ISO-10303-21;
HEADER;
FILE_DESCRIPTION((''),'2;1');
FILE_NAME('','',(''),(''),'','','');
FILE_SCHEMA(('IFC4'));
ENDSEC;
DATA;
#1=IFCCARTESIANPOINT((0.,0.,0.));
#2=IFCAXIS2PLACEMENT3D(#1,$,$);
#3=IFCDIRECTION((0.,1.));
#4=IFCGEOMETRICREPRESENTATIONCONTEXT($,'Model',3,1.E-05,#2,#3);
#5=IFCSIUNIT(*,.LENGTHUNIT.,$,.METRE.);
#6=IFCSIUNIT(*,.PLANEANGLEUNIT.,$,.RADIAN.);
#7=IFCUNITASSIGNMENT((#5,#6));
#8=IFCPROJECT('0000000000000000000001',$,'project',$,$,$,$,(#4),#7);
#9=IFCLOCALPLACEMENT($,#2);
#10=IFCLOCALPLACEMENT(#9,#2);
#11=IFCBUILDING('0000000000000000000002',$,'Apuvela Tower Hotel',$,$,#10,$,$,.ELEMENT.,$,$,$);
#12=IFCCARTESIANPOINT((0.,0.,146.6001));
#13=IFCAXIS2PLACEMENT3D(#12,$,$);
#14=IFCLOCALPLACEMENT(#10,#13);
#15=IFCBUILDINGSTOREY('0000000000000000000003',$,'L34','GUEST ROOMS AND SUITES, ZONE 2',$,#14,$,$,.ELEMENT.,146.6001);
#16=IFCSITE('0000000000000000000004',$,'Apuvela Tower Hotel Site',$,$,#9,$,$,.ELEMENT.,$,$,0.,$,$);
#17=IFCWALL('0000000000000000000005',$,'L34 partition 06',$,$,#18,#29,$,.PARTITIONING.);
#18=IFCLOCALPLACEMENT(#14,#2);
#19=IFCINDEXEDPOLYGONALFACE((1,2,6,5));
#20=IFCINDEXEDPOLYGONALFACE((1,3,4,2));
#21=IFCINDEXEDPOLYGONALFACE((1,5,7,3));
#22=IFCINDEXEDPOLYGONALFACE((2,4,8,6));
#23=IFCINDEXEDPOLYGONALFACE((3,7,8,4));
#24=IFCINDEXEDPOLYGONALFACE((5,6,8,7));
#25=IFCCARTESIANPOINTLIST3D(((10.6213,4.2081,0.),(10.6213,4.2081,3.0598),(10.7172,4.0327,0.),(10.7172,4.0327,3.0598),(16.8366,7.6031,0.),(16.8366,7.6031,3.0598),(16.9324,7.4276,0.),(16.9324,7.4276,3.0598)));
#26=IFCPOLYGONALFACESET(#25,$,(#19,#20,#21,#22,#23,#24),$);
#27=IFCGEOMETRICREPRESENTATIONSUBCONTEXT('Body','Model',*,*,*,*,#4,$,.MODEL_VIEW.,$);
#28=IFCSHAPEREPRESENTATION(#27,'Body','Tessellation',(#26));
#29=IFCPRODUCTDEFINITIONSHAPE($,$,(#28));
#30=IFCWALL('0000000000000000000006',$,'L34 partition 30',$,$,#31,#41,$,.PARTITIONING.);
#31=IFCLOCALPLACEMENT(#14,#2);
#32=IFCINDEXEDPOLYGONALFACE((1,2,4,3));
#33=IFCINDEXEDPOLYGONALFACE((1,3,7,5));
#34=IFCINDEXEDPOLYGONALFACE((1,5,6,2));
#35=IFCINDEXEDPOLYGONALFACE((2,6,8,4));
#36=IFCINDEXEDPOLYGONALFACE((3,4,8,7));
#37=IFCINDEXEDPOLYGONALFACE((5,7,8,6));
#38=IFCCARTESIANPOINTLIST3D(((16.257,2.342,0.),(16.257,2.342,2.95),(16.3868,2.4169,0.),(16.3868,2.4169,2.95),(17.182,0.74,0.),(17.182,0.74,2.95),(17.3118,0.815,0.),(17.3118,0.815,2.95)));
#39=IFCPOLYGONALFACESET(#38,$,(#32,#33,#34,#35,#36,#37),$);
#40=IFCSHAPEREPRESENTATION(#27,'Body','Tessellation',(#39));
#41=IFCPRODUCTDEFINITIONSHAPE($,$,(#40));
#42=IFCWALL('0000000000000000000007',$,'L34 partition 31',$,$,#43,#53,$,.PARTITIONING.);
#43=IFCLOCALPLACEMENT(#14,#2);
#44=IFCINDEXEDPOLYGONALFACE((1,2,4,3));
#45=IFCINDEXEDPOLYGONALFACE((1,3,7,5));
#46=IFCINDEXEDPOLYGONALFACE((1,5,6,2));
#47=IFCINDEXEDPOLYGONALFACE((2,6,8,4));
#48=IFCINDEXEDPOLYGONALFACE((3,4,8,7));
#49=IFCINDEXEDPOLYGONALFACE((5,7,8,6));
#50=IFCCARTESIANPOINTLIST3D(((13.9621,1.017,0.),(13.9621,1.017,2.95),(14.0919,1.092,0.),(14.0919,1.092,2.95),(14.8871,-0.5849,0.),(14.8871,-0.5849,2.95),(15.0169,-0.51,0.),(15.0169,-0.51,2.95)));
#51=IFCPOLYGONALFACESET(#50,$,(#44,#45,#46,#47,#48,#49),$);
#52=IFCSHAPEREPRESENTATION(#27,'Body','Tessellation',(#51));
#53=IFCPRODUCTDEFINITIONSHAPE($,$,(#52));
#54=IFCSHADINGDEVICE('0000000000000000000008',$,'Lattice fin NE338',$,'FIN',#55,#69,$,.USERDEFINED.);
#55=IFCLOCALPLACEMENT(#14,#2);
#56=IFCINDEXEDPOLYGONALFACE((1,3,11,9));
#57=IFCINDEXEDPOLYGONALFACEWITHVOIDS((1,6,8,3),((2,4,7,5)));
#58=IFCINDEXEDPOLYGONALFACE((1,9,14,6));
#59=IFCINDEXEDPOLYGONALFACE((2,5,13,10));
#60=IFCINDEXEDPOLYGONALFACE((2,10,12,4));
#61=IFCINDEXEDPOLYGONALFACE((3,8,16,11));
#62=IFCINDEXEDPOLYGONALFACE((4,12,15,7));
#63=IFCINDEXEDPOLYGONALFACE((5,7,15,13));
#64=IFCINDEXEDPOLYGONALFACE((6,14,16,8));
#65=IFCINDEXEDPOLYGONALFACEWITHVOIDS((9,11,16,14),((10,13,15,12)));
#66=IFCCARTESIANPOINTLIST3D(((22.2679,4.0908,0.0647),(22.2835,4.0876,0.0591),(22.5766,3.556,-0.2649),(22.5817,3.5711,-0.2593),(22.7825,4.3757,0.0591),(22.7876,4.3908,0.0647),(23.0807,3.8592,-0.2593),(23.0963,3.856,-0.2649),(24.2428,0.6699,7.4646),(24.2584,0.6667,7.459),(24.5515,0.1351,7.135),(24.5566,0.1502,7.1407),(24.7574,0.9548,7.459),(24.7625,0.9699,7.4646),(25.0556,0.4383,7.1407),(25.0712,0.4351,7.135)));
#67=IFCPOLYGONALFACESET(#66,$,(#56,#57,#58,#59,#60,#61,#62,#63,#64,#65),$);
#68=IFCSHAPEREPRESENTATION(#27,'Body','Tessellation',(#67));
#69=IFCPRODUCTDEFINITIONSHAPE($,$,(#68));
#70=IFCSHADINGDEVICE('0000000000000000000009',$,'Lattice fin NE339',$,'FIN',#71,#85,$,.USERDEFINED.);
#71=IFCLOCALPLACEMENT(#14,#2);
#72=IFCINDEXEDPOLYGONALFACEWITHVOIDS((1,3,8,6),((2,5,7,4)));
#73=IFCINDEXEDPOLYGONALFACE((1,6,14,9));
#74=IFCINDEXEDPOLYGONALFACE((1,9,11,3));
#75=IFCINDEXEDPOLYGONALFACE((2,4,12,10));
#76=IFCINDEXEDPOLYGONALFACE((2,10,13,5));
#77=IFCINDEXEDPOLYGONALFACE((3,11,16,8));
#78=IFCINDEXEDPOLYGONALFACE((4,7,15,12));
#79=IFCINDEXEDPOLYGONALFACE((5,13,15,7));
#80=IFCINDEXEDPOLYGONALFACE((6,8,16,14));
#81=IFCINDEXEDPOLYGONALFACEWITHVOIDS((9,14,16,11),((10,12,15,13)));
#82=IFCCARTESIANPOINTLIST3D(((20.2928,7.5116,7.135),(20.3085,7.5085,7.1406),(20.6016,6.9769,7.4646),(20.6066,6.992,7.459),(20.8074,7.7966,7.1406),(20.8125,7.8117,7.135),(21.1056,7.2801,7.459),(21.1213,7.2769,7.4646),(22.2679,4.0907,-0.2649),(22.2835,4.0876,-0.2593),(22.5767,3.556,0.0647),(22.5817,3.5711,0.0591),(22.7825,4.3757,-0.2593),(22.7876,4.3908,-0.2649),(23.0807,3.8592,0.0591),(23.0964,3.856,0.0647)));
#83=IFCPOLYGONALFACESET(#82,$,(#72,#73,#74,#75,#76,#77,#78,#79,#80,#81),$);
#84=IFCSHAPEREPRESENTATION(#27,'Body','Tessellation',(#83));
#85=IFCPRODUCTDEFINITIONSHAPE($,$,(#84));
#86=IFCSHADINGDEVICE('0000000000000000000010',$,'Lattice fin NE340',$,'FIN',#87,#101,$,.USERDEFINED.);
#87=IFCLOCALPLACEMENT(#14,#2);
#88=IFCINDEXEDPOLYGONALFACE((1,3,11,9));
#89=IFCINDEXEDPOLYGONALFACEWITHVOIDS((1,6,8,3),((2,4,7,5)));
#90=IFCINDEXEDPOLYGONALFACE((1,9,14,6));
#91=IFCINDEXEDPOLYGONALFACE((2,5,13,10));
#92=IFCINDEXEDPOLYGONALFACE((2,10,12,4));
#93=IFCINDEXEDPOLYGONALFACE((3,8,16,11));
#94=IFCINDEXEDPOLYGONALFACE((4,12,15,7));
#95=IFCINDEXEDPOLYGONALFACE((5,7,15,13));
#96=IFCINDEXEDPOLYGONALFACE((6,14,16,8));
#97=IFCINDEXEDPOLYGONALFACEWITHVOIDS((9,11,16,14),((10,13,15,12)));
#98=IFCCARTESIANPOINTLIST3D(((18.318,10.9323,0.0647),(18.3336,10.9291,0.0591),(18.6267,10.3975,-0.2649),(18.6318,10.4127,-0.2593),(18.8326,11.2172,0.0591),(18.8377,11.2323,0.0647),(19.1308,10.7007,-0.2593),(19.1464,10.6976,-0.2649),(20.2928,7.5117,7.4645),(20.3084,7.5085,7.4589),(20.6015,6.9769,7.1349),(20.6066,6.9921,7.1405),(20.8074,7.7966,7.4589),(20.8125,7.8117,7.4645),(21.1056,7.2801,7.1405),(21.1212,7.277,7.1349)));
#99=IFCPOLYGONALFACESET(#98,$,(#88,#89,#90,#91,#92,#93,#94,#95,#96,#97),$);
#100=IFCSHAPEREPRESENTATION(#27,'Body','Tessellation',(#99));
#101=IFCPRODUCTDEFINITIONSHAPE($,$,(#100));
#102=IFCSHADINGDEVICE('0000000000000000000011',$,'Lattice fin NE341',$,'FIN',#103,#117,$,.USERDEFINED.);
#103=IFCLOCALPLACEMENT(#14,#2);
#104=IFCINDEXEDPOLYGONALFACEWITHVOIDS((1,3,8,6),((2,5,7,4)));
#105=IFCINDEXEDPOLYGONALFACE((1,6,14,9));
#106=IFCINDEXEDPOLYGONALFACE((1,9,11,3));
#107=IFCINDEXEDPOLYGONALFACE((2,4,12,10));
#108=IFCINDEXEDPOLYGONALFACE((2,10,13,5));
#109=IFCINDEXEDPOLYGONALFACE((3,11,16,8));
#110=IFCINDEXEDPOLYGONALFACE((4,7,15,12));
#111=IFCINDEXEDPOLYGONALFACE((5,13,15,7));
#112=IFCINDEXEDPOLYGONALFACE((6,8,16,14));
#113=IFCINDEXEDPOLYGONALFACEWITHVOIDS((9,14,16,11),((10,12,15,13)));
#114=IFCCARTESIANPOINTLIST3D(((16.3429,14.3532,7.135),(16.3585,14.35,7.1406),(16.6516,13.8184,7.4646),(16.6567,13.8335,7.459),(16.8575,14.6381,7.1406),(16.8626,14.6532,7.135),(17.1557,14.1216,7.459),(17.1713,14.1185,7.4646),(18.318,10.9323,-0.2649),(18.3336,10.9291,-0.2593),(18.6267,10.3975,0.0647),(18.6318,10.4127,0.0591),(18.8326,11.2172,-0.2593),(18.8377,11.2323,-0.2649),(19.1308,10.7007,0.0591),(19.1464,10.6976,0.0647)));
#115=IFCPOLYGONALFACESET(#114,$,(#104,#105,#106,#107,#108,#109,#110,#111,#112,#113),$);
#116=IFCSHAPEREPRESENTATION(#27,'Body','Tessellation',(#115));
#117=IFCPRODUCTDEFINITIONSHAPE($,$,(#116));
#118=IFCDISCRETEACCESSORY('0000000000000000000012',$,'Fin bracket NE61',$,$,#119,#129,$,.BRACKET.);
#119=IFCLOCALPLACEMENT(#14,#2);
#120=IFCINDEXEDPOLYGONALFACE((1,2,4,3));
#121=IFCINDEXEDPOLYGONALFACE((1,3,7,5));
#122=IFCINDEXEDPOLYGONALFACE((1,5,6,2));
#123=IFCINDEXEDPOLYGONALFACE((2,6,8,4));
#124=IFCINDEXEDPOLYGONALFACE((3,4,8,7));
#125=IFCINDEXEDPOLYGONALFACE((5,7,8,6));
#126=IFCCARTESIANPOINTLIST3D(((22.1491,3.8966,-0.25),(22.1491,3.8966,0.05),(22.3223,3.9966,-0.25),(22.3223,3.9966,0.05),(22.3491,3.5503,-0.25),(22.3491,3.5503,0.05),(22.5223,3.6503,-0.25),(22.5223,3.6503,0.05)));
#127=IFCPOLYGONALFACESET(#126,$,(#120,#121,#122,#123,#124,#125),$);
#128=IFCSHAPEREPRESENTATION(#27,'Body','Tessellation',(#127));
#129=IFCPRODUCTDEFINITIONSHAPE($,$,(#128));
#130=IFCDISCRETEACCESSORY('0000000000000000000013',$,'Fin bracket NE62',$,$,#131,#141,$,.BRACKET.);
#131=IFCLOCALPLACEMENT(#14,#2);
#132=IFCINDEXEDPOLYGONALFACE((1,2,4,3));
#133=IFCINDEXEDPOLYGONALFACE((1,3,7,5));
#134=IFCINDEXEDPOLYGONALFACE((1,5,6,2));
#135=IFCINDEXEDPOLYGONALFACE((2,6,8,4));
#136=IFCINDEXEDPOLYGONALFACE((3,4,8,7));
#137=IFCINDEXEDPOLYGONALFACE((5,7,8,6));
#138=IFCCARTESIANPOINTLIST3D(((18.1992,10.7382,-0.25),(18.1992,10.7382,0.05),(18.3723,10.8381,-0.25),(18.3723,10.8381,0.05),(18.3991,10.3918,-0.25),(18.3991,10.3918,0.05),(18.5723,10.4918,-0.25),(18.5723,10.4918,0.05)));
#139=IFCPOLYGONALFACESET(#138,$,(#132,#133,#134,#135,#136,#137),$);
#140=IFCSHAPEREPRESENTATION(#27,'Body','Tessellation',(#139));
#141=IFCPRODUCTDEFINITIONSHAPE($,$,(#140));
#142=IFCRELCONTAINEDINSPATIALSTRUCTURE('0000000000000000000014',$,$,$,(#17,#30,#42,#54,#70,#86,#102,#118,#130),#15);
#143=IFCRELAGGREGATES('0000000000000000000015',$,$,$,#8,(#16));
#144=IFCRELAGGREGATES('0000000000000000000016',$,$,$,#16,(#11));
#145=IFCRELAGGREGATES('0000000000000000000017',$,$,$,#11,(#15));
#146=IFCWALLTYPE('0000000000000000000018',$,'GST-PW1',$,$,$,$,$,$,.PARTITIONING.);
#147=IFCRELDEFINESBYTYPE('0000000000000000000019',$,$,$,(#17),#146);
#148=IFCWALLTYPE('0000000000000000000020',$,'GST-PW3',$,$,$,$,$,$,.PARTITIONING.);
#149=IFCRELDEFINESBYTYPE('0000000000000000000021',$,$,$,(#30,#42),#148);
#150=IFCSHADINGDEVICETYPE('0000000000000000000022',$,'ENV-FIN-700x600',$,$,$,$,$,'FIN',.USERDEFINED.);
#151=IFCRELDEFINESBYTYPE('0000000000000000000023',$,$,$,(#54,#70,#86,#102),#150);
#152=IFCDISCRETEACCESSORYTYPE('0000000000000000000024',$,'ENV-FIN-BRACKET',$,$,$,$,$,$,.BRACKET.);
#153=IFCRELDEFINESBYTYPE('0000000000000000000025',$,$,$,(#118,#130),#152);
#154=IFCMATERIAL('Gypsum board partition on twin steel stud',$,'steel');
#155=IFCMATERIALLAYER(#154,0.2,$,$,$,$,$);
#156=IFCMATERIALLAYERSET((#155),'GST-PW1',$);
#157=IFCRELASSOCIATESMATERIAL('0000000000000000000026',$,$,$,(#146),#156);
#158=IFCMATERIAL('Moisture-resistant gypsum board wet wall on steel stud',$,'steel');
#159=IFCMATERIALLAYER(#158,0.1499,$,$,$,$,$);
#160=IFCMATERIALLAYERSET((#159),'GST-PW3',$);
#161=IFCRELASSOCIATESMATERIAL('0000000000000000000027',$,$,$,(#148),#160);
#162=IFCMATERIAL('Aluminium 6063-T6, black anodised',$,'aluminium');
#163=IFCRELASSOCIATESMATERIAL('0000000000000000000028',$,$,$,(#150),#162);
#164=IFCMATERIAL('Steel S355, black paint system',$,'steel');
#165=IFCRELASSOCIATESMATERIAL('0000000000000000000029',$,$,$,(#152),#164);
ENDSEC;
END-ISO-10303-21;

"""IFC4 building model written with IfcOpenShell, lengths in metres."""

from ifc_helpers import new_model, si_unit, direction, frame, frame_2d, origin, origin_2d, place, context, subcontext, project, spatial, rectangle, hollow_rectangle, extrude, material, layer, layer_set, material_profile, profile_set, type_object, element, save


model = new_model("IFC4")

# Units and contexts
model_context = context("Model", 3, precision=1e-05, world=origin(), true_north=direction((0.0, 1.0)))
body_context = subcontext(model_context, "Body", "Model", "MODEL_VIEW")
ifc_project = project(units=[si_unit("LENGTHUNIT", "METRE"), si_unit("PLANEANGLEUNIT", "RADIAN")], contexts=[model_context])

# Site, building, storey
site_placement = place(None, origin())
site = spatial("IfcSite", under=ifc_project, at=site_placement, Name="Apuvela Tower Hotel Site", CompositionType="ELEMENT", RefElevation=0.0)
building_placement = place(site_placement, origin())
building = spatial("IfcBuilding", under=site, at=building_placement, Name="Apuvela Tower Hotel", CompositionType="ELEMENT")
storey_placement = place(building_placement, frame((0.0, 0.0, 146.6001)))
storey = spatial("IfcBuildingStorey", under=building, at=storey_placement, Name="L34", Description="GUEST ROOMS AND SUITES, ZONE 2", CompositionType="ELEMENT", Elevation=146.6001)

# Walls
ifc_material_1 = material(Name="Gypsum board partition on twin steel stud", Category="steel")
ifc_layer_1 = layer(ifc_material_1, 0.2)
ifc_layer_set_1 = layer_set([ifc_layer_1], Name="GST-PW1")
wall_type_1 = type_object("IfcWallType", Name="GST-PW1", PredefinedType="PARTITIONING", material=ifc_layer_set_1)
wall_1_placement = place(storey_placement, frame((16.8845, 7.5154, 0.0), z_axis=(0.0, 0.0, 1.0), x_axis=(-0.877608, -0.479379, 0.0)))
element("IfcWall", 1, at=wall_1_placement, inside=storey, type_object=wall_type_1, Name="L34 partition 06", PredefinedType="PARTITIONING", context=body_context, shape_type="SweptSolid", body=[
    extrude(rectangle(XDim=7.082, YDim=0.2, at=frame_2d((3.541, 0.0))), origin(), (0.0, 0.0, 1.0), 3.0598),
])
ifc_material_2 = material(Name="Moisture-resistant gypsum board wet wall on steel stud", Category="steel")
ifc_layer_2 = layer(ifc_material_2, 0.1499)
ifc_layer_set_2 = layer_set([ifc_layer_2], Name="GST-PW3")
wall_type_2 = type_object("IfcWallType", Name="GST-PW3", PredefinedType="PARTITIONING", material=ifc_layer_set_2)
for number, where, z_axis, x_axis, name in (
    (2, (17.2468, 0.7776, 0.0), (0.0, 0.0, 1.0), (-0.500042, 0.866001, 0.0), "L34 partition 30"),
    (3, (14.9519, -0.5474, 0.0), (0.0, 0.0, 1.0), (-0.500042, 0.866001, 0.0), "L34 partition 31"),
):
    element("IfcWall", number, at=place(storey_placement, frame(where, z_axis=z_axis, x_axis=x_axis)), inside=storey, type_object=wall_type_2, Name=name, PredefinedType="PARTITIONING", context=body_context, shape_type="SweptSolid", body=[
        extrude(rectangle(XDim=1.8499, YDim=0.1499, at=frame_2d((0.9248, 0.0))), origin(), (0.0, 0.0, 1.0), 2.95),
    ])

# Shading devices
ifc_material_3 = material(Name="Aluminium 6063-T6, black anodised", Category="aluminium")
ifc_material_profile_1 = material_profile(ifc_material_3, hollow_rectangle(XDim=0.6001, YDim=0.7, WallThickness=0.012, at=origin_2d()), Name="AL BOX 700x600x12")
ifc_profile_set_1 = profile_set([ifc_material_profile_1], Name="Aluminium 6063-T6, black anodised")
shading_device_type = type_object("IfcShadingDeviceType", Name="ENV-FIN-700x600", ElementType="FIN", PredefinedType="USERDEFINED", material=ifc_profile_set_1)
for number, where, z_axis, x_axis, name in (
    (4, (22.6821, 3.9734, -0.1001), (0.235434, -0.407825, 0.882185), (0.866048, 0.499961, 0.0), "Lattice fin NE338"),
    (5, (22.6821, 3.9734, -0.1001), (-0.235461, 0.407822, 0.882179), (-0.866021, -0.500008, 0.0), "Lattice fin NE339"),
):
    element("IfcShadingDevice", number, at=place(storey_placement, frame(where, z_axis=z_axis, x_axis=x_axis)), inside=storey, type_object=shading_device_type, Name=name, ObjectType="FIN", PredefinedType="USERDEFINED", context=body_context, shape_type="SweptSolid", body=[
        extrude(hollow_rectangle(XDim=0.6001, YDim=0.7, WallThickness=0.012, at=origin_2d()), origin(), (0.0, 0.0, 1.0), 8.3882),
    ])
shading_device_1_placement = place(storey_placement, frame((18.7322, 10.8149, -0.1001), z_axis=(0.235436, -0.407801, 0.882195), x_axis=(0.866032, 0.499988, 0.0)))
element("IfcShadingDevice", 6, at=shading_device_1_placement, inside=storey, type_object=shading_device_type, Name="Lattice fin NE340", ObjectType="FIN", PredefinedType="USERDEFINED", context=body_context, shape_type="SweptSolid", body=[
    extrude(hollow_rectangle(XDim=0.6001, YDim=0.7, WallThickness=0.012, at=origin_2d()), origin(), (0.0, 0.0, 1.0), 8.3879),
])
shading_device_2_placement = place(storey_placement, frame((18.7322, 10.8149, -0.1001), z_axis=(-0.235461, 0.407822, 0.882179), x_axis=(-0.866021, -0.500008, 0.0)))
element("IfcShadingDevice", 7, at=shading_device_2_placement, inside=storey, type_object=shading_device_type, Name="Lattice fin NE341", ObjectType="FIN", PredefinedType="USERDEFINED", context=body_context, shape_type="SweptSolid", body=[
    extrude(hollow_rectangle(XDim=0.6001, YDim=0.7, WallThickness=0.012, at=origin_2d()), origin(), (0.0, 0.0, 1.0), 8.3882),
])

# Discrete accessories
ifc_material_4 = material(Name="Steel S355, black paint system", Category="steel")
discrete_accessory_type = type_object("IfcDiscreteAccessoryType", Name="ENV-FIN-BRACKET", PredefinedType="BRACKET", material=ifc_material_4)
for number, where, z_axis, x_axis, name in (
    (8, (22.3357, 3.7734, -0.25), (0.0, 0.0, 1.0), (-0.5, 0.866025, 0.0), "Fin bracket NE61"),
    (9, (18.3857, 10.615, -0.25), (0.0, 0.0, 1.0), (-0.5, 0.866025, 0.0), "Fin bracket NE62"),
):
    element("IfcDiscreteAccessory", number, at=place(storey_placement, frame(where, z_axis=z_axis, x_axis=x_axis)), inside=storey, type_object=discrete_accessory_type, Name=name, PredefinedType="BRACKET", context=body_context, shape_type="SweptSolid", body=[
        extrude(rectangle(XDim=0.3999, YDim=0.2, at=origin_2d()), origin(), (0.0, 0.0, 1.0), 0.3),
    ])

save(model, "model.ifc")
